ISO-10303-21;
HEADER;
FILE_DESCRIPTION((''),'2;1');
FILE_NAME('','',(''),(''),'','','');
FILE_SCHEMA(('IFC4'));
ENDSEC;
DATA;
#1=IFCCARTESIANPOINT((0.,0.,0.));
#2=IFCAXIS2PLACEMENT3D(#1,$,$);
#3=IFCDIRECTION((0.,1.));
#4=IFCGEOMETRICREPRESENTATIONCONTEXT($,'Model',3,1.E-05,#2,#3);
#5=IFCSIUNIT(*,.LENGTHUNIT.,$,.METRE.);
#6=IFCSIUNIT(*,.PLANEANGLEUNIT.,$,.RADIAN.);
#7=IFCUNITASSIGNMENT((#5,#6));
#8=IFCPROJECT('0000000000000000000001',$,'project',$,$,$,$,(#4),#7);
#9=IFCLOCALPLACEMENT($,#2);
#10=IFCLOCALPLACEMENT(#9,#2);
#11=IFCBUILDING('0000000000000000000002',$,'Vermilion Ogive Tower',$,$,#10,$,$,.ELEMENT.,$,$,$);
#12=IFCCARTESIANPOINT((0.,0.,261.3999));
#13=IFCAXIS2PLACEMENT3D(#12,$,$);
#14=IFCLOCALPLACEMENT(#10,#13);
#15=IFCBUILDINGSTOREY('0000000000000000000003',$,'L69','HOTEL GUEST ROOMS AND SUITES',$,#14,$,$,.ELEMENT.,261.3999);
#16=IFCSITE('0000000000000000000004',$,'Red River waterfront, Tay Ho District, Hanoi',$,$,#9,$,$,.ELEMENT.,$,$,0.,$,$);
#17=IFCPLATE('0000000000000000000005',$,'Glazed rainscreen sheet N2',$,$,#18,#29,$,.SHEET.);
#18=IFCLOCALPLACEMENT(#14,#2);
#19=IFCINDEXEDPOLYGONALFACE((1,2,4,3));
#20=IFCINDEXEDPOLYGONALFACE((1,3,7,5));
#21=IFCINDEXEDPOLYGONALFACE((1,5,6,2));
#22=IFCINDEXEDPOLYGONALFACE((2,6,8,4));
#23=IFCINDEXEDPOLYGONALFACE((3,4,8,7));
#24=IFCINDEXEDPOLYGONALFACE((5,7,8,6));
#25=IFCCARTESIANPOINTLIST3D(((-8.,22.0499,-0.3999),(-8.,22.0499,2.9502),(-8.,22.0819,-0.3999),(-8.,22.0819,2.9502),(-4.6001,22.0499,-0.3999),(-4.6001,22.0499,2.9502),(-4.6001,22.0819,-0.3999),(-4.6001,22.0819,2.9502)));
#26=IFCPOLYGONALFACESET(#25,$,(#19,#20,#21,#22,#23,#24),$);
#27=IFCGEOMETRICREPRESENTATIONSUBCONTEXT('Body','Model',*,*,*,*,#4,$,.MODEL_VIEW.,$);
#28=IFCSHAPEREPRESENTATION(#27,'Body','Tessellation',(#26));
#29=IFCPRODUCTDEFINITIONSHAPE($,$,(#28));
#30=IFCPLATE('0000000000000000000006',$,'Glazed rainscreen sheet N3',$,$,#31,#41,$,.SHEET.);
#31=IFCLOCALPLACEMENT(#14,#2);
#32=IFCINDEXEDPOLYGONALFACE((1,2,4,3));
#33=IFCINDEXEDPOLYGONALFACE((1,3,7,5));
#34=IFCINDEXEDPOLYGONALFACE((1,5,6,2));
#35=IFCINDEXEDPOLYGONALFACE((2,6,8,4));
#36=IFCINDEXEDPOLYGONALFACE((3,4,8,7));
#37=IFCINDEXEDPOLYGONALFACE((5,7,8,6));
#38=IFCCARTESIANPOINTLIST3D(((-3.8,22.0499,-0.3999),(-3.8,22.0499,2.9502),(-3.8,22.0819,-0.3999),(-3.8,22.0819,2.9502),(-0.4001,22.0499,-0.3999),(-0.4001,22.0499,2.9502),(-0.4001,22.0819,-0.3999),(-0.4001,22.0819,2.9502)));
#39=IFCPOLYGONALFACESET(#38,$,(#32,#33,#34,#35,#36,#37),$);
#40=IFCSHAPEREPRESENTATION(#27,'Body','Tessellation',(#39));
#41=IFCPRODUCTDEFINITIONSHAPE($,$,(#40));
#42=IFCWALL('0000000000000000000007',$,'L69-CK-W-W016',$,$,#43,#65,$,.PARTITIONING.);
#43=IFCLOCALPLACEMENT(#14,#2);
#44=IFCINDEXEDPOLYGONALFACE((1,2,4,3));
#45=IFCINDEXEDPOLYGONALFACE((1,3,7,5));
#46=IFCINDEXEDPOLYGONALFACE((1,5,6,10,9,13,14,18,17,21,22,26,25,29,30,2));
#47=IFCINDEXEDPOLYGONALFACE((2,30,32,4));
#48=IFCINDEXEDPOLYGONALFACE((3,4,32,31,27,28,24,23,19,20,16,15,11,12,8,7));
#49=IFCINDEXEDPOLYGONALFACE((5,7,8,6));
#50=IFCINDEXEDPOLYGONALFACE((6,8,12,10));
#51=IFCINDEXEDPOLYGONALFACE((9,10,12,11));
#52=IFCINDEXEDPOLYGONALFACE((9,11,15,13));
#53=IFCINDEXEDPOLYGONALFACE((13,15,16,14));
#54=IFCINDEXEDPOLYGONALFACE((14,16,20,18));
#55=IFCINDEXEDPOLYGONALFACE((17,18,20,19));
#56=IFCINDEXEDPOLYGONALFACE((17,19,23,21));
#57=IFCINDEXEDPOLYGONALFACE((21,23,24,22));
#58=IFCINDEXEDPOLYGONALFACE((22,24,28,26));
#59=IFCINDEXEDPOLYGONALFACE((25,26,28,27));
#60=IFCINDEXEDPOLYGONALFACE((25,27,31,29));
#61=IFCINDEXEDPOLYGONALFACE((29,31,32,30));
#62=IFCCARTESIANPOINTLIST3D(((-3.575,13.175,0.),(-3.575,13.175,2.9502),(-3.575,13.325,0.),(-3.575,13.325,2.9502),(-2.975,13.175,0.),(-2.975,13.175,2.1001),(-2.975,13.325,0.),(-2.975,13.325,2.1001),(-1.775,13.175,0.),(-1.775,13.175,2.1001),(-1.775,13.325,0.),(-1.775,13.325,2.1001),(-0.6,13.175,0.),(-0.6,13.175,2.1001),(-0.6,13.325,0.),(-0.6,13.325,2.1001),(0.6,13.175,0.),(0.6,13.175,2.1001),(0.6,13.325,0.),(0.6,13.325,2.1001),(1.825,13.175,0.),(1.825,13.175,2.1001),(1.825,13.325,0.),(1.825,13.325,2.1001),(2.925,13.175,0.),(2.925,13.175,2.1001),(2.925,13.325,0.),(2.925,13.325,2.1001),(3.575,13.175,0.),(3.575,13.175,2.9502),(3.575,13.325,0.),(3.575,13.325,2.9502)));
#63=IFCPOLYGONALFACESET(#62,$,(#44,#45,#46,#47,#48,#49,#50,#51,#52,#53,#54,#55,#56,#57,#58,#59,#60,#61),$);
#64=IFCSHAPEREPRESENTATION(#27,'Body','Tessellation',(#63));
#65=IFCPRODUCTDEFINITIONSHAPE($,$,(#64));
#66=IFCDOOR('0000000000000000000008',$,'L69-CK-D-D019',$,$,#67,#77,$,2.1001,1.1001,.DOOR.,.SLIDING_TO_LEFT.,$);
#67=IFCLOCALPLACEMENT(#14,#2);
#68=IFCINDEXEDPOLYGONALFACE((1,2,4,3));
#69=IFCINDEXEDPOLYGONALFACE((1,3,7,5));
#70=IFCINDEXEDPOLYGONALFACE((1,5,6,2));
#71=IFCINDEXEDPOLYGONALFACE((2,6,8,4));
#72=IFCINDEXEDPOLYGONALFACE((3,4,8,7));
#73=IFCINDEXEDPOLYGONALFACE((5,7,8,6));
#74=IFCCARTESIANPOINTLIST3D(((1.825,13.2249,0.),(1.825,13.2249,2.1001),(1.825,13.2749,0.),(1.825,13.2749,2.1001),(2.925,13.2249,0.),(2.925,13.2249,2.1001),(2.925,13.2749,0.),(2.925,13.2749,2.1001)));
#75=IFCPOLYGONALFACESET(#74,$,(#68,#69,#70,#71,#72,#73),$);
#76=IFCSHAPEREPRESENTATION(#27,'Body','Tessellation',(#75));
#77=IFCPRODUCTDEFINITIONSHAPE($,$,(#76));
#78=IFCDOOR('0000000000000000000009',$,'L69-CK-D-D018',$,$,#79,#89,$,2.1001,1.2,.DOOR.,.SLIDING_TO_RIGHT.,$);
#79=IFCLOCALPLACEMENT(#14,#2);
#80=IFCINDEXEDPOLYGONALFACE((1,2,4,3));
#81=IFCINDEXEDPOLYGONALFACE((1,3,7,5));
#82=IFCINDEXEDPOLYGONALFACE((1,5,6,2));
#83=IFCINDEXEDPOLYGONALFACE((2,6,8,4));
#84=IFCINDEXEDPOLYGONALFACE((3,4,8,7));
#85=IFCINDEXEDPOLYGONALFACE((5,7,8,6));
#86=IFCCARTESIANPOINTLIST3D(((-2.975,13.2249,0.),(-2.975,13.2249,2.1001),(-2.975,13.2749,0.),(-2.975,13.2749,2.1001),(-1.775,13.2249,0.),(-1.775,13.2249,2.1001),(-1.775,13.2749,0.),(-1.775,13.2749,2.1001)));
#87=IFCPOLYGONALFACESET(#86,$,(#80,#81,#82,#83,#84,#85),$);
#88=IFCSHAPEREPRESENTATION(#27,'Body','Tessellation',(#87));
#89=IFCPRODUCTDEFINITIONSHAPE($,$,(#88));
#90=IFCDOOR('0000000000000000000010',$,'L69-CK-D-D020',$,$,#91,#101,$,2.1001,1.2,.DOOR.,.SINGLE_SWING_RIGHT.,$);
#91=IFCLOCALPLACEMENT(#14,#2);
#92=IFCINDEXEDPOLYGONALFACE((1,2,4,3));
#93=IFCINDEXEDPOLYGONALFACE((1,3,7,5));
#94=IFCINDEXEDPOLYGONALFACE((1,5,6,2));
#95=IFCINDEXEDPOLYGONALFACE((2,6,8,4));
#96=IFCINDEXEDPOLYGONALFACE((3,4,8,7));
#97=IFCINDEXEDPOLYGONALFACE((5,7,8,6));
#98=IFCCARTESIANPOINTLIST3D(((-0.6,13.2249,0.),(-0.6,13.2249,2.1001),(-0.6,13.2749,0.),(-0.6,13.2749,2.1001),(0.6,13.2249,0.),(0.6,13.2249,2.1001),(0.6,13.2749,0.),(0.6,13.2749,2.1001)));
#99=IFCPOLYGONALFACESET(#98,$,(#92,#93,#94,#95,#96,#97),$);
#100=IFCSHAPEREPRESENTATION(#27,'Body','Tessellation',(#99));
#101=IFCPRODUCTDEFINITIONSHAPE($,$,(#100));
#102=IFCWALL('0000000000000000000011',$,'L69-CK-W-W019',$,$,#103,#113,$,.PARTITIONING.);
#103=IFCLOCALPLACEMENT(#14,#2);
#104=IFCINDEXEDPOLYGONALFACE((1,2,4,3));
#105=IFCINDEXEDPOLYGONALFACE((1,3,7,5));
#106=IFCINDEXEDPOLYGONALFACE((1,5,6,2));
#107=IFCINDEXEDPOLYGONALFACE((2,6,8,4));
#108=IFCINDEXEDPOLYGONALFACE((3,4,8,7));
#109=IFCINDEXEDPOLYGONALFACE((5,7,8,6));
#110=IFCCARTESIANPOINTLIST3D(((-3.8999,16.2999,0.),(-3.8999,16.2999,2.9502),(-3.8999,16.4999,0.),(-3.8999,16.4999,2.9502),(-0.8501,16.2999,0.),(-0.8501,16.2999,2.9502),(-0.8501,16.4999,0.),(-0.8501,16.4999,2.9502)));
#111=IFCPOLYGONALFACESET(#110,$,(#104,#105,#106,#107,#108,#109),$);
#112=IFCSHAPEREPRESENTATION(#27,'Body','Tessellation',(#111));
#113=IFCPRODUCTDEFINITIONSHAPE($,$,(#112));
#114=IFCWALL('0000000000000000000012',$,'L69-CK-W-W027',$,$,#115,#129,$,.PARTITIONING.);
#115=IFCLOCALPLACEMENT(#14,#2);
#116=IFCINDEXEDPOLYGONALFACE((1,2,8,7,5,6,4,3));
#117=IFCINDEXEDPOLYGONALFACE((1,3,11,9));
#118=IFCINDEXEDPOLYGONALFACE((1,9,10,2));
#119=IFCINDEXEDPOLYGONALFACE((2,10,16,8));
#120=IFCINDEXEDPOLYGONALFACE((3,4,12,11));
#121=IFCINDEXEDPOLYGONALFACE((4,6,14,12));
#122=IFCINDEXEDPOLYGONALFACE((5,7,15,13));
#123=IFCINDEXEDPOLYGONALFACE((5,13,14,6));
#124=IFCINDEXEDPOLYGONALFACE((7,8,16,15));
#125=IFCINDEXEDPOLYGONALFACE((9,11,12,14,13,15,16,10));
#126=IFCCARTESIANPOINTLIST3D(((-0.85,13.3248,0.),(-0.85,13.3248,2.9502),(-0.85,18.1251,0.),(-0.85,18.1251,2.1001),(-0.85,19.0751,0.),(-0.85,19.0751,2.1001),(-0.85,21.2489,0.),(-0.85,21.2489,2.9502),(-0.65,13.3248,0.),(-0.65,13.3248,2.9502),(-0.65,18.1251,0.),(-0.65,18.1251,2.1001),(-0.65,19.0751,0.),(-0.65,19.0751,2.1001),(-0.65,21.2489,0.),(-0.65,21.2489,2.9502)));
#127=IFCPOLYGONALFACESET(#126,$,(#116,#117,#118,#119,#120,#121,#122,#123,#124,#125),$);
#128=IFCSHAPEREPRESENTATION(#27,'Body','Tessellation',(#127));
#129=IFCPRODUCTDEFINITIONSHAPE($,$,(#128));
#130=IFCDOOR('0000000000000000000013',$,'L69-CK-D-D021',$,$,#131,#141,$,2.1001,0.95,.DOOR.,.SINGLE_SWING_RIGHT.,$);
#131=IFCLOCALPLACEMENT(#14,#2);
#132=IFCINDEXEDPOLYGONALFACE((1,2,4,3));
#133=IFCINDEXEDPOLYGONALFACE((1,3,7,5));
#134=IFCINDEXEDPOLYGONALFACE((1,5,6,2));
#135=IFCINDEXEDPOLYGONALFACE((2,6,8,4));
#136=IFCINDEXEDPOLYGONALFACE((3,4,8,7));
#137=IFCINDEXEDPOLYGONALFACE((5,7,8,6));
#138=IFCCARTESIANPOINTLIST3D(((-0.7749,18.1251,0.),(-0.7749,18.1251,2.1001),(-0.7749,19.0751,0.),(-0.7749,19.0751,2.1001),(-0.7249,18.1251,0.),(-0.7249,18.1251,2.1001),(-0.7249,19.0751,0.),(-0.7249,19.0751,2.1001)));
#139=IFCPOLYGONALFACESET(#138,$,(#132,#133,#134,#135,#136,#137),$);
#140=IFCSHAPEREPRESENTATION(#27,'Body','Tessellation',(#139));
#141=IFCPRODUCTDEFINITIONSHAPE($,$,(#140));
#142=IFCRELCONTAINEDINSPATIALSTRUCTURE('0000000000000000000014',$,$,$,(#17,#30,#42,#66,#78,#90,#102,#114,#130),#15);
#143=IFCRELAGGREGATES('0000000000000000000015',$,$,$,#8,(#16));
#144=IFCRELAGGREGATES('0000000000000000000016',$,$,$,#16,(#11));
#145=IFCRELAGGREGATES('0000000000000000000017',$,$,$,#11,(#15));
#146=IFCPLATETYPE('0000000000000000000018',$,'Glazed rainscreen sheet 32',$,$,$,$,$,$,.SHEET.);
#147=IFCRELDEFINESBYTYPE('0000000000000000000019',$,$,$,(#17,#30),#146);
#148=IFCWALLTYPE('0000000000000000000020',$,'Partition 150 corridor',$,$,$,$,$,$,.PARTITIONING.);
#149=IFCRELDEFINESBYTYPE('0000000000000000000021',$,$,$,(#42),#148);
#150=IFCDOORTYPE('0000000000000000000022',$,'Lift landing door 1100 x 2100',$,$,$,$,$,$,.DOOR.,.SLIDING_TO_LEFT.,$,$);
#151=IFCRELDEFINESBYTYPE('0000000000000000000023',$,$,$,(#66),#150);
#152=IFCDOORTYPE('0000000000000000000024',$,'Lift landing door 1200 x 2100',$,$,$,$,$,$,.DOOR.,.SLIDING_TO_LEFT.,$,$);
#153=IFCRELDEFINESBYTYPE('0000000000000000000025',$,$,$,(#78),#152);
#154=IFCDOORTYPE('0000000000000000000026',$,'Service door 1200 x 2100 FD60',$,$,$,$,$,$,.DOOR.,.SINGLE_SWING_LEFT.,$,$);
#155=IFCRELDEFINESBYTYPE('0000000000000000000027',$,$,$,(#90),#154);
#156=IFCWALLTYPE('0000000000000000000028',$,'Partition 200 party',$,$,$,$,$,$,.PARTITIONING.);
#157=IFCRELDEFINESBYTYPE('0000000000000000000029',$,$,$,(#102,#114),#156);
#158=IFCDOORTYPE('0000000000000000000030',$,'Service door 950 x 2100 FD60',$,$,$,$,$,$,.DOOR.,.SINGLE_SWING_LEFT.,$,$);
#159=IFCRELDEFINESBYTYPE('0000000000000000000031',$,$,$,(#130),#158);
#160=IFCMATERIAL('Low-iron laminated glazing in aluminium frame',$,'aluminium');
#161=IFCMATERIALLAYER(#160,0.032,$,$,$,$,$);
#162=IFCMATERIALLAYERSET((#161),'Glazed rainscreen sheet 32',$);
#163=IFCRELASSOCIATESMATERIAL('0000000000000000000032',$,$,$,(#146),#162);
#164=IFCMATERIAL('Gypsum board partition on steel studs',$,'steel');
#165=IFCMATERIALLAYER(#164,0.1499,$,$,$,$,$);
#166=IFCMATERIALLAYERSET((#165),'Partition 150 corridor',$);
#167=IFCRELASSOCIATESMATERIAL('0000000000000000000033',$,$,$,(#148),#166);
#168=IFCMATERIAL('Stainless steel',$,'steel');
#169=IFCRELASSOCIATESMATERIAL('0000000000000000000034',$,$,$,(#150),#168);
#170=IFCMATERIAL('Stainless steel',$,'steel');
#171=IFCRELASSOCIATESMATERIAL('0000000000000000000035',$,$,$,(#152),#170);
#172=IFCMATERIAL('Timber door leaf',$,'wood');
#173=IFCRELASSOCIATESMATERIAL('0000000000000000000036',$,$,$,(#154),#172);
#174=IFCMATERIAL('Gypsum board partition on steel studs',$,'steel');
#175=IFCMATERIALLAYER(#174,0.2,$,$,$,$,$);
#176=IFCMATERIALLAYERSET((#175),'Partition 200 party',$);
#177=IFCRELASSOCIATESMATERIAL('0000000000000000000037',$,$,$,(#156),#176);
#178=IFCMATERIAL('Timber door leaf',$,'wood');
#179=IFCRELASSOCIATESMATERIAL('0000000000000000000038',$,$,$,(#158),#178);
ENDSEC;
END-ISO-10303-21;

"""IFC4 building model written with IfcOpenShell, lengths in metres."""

from ifc_helpers import new_model, si_unit, direction, frame, frame_2d, origin, origin_2d, place, context, subcontext, project, spatial, rectangle, extrude, material, layer, layer_set, type_object, element, fill, save


model = new_model("IFC4")

# Units and contexts
model_context = context("Model", 3, precision=1e-05, world=origin(), true_north=direction((0.0, 1.0)))
body_context = subcontext(model_context, "Body", "Model", "MODEL_VIEW")
ifc_project = project(units=[si_unit("LENGTHUNIT", "METRE"), si_unit("PLANEANGLEUNIT", "RADIAN")], contexts=[model_context])

# Site, building, storey
site_placement = place(None, origin())
site = spatial("IfcSite", under=ifc_project, at=site_placement, Name="Red River waterfront, Tay Ho District, Hanoi", CompositionType="ELEMENT", RefElevation=0.0)
building_placement = place(site_placement, origin())
building = spatial("IfcBuilding", under=site, at=building_placement, Name="Vermilion Ogive Tower", CompositionType="ELEMENT")
storey_placement = place(building_placement, frame((0.0, 0.0, 261.3999)))
storey = spatial("IfcBuildingStorey", under=building, at=storey_placement, Name="L69", Description="HOTEL GUEST ROOMS AND SUITES", CompositionType="ELEMENT", Elevation=261.3999)

# Plates
ifc_material_1 = material(Name="Low-iron laminated glazing in aluminium frame", Category="aluminium")
ifc_layer_1 = layer(ifc_material_1, 0.032)
ifc_layer_set_1 = layer_set([ifc_layer_1], Name="Glazed rainscreen sheet 32")
plate_type = type_object("IfcPlateType", Name="Glazed rainscreen sheet 32", PredefinedType="SHEET", material=ifc_layer_set_1)
for number, where, z_axis, x_axis, name in (
    (1, (-6.3, 22.0659, -0.3999), (0.0, 0.0, 1.0), (1.0, 0.0, 0.0), "Glazed rainscreen sheet N2"),
    (2, (-2.1001, 22.0659, -0.3999), (0.0, 0.0, 1.0), (1.0, 0.0, 0.0), "Glazed rainscreen sheet N3"),
):
    element("IfcPlate", number, at=place(storey_placement, frame(where, z_axis=z_axis, x_axis=x_axis)), inside=storey, type_object=plate_type, Name=name, PredefinedType="SHEET", context=body_context, shape_type="SweptSolid", body=[
        extrude(rectangle(XDim=3.3999, YDim=0.032, at=origin_2d()), origin(), (0.0, 0.0, 1.0), 3.3501),
    ])

# Wall, openings, doors
ifc_material_2 = material(Name="Gypsum board partition on steel studs", Category="steel")
ifc_layer_2 = layer(ifc_material_2, 0.1499)
ifc_layer_set_2 = layer_set([ifc_layer_2], Name="Partition 150 corridor")
wall_type_1 = type_object("IfcWallType", Name="Partition 150 corridor", PredefinedType="PARTITIONING", material=ifc_layer_set_2)
wall_1_placement = place(storey_placement, frame((-3.575, 13.25, 0.0), z_axis=(0.0, 0.0, 1.0), x_axis=(1.0, 0.0, 0.0)))
wall_1 = element("IfcWall", 3, at=wall_1_placement, inside=storey, type_object=wall_type_1, Name="L69-CK-W-W016", PredefinedType="PARTITIONING", context=body_context, shape_type="SweptSolid", body=[
    extrude(rectangle(XDim=7.1499, YDim=0.1499, at=frame_2d((3.575, 0.0))), origin(), (0.0, 0.0, 1.0), 2.9502),
])
opening_1_placement = place(wall_1_placement, frame((0.5999, 0.0, 0.0)))
opening_1 = element("IfcOpeningElement", 4, at=opening_1_placement, cuts=wall_1, PredefinedType="OPENING", context=body_context, shape_type="SweptSolid", body=[
    extrude(rectangle(XDim=1.2, YDim=2.1001, at=frame_2d((0.6001, 1.05))), frame((0.0, 0.085, 0.0), z_axis=(0.0, -1.0, 0.0), x_axis=(1.0, 0.0, 0.0)), (0.0, 0.0, 1.0), 0.1699),
])
opening_2_placement = place(wall_1_placement, frame((5.3999, 0.0, 0.0)))
opening_2 = element("IfcOpeningElement", 5, at=opening_2_placement, cuts=wall_1, PredefinedType="OPENING", context=body_context, shape_type="SweptSolid", body=[
    extrude(rectangle(XDim=1.1001, YDim=2.1001, at=frame_2d((0.55, 1.05))), frame((0.0, 0.085, 0.0), z_axis=(0.0, -1.0, 0.0), x_axis=(1.0, 0.0, 0.0)), (0.0, 0.0, 1.0), 0.1699),
])
opening_3_placement = place(wall_1_placement, frame((2.9749, 0.0, 0.0)))
opening_3 = element("IfcOpeningElement", 6, at=opening_3_placement, cuts=wall_1, PredefinedType="OPENING", context=body_context, shape_type="SweptSolid", body=[
    extrude(rectangle(XDim=1.2, YDim=2.1001, at=frame_2d((0.6001, 1.05))), frame((0.0, 0.085, 0.0), z_axis=(0.0, -1.0, 0.0), x_axis=(1.0, 0.0, 0.0)), (0.0, 0.0, 1.0), 0.1699),
])
ifc_material_3 = material(Name="Stainless steel", Category="steel")
door_type_1 = type_object("IfcDoorType", Name="Lift landing door 1100 x 2100", OperationType="SLIDING_TO_LEFT", PredefinedType="DOOR", material=ifc_material_3)
door_1_placement = place(opening_2_placement, origin())
door_1 = element("IfcDoor", 7, at=door_1_placement, inside=storey, type_object=door_type_1, Name="L69-CK-D-D019", OperationType="SLIDING_TO_LEFT", OverallHeight=2.1001, OverallWidth=1.1001, PredefinedType="DOOR", context=body_context, shape_type="SweptSolid", body=[
    extrude(rectangle(XDim=1.1001, YDim=2.1001, at=frame_2d((0.55, 1.05))), frame((0.0, 0.0249, 0.0), z_axis=(0.0, -1.0, 0.0), x_axis=(1.0, 0.0, 0.0)), (0.0, 0.0, 1.0), 0.05),
])
fill(opening_2, door_1)
ifc_material_4 = material(Name="Stainless steel", Category="steel")
door_type_2 = type_object("IfcDoorType", Name="Lift landing door 1200 x 2100", OperationType="SLIDING_TO_LEFT", PredefinedType="DOOR", material=ifc_material_4)
door_2_placement = place(opening_1_placement, origin())
door_2 = element("IfcDoor", 8, at=door_2_placement, inside=storey, type_object=door_type_2, Name="L69-CK-D-D018", OperationType="SLIDING_TO_RIGHT", OverallHeight=2.1001, OverallWidth=1.2, PredefinedType="DOOR", context=body_context, shape_type="SweptSolid", body=[
    extrude(rectangle(XDim=1.2, YDim=2.1001, at=frame_2d((0.6001, 1.05))), frame((0.0, 0.0249, 0.0), z_axis=(0.0, -1.0, 0.0), x_axis=(1.0, 0.0, 0.0)), (0.0, 0.0, 1.0), 0.05),
])
fill(opening_1, door_2)
ifc_material_5 = material(Name="Timber door leaf", Category="wood")
door_type_3 = type_object("IfcDoorType", Name="Service door 1200 x 2100 FD60", OperationType="SINGLE_SWING_LEFT", PredefinedType="DOOR", material=ifc_material_5)
door_3_placement = place(opening_3_placement, origin())
door_3 = element("IfcDoor", 9, at=door_3_placement, inside=storey, type_object=door_type_3, Name="L69-CK-D-D020", OperationType="SINGLE_SWING_RIGHT", OverallHeight=2.1001, OverallWidth=1.2, PredefinedType="DOOR", context=body_context, shape_type="SweptSolid", body=[
    extrude(rectangle(XDim=1.2, YDim=2.1001, at=frame_2d((0.6001, 1.05))), frame((0.0, 0.0249, 0.0), z_axis=(0.0, -1.0, 0.0), x_axis=(1.0, 0.0, 0.0)), (0.0, 0.0, 1.0), 0.05),
])
fill(opening_3, door_3)

# Wall
ifc_material_6 = material(Name="Gypsum board partition on steel studs", Category="steel")
ifc_layer_3 = layer(ifc_material_6, 0.2)
ifc_layer_set_3 = layer_set([ifc_layer_3], Name="Partition 200 party")
wall_type_2 = type_object("IfcWallType", Name="Partition 200 party", PredefinedType="PARTITIONING", material=ifc_layer_set_3)
wall_2_placement = place(storey_placement, frame((-3.8999, 16.3999, 0.0), z_axis=(0.0, 0.0, 1.0), x_axis=(1.0, 0.0, 0.0)))
element("IfcWall", 10, at=wall_2_placement, inside=storey, type_object=wall_type_2, Name="L69-CK-W-W019", PredefinedType="PARTITIONING", context=body_context, shape_type="SweptSolid", body=[
    extrude(rectangle(XDim=3.0498, YDim=0.2, at=frame_2d((1.5249, 0.0))), origin(), (0.0, 0.0, 1.0), 2.9502),
])

# Wall, opening, door
wall_3_placement = place(storey_placement, frame((-0.75, 13.325, 0.0), z_axis=(0.0, 0.0, 1.0), x_axis=(0.0, 1.0, 0.0)))
wall_3 = element("IfcWall", 11, at=wall_3_placement, inside=storey, type_object=wall_type_2, Name="L69-CK-W-W027", PredefinedType="PARTITIONING", context=body_context, shape_type="SweptSolid", body=[
    extrude(rectangle(XDim=7.9241, YDim=0.2, at=frame_2d((3.9619, 0.0))), origin(), (0.0, 0.0, 1.0), 2.9502),
])
opening_4_placement = place(wall_3_placement, frame((4.8, 0.0, 0.0)))
opening_4 = element("IfcOpeningElement", 12, at=opening_4_placement, cuts=wall_3, PredefinedType="OPENING", context=body_context, shape_type="SweptSolid", body=[
    extrude(rectangle(XDim=0.95, YDim=2.1001, at=frame_2d((0.4751, 1.05))), frame((0.0, 0.1099, 0.0), z_axis=(0.0, -1.0, 0.0), x_axis=(1.0, 0.0, 0.0)), (0.0, 0.0, 1.0), 0.22),
])
ifc_material_7 = material(Name="Timber door leaf", Category="wood")
door_type_4 = type_object("IfcDoorType", Name="Service door 950 x 2100 FD60", OperationType="SINGLE_SWING_LEFT", PredefinedType="DOOR", material=ifc_material_7)
door_4_placement = place(opening_4_placement, origin())
door_4 = element("IfcDoor", 13, at=door_4_placement, inside=storey, type_object=door_type_4, Name="L69-CK-D-D021", OperationType="SINGLE_SWING_RIGHT", OverallHeight=2.1001, OverallWidth=0.95, PredefinedType="DOOR", context=body_context, shape_type="SweptSolid", body=[
    extrude(rectangle(XDim=0.95, YDim=2.1001, at=frame_2d((0.4751, 1.05))), frame((0.0, 0.0249, 0.0), z_axis=(0.0, -1.0, 0.0), x_axis=(1.0, 0.0, 0.0)), (0.0, 0.0, 1.0), 0.05),
])
fill(opening_4, door_4)

save(model, "model.ifc")
